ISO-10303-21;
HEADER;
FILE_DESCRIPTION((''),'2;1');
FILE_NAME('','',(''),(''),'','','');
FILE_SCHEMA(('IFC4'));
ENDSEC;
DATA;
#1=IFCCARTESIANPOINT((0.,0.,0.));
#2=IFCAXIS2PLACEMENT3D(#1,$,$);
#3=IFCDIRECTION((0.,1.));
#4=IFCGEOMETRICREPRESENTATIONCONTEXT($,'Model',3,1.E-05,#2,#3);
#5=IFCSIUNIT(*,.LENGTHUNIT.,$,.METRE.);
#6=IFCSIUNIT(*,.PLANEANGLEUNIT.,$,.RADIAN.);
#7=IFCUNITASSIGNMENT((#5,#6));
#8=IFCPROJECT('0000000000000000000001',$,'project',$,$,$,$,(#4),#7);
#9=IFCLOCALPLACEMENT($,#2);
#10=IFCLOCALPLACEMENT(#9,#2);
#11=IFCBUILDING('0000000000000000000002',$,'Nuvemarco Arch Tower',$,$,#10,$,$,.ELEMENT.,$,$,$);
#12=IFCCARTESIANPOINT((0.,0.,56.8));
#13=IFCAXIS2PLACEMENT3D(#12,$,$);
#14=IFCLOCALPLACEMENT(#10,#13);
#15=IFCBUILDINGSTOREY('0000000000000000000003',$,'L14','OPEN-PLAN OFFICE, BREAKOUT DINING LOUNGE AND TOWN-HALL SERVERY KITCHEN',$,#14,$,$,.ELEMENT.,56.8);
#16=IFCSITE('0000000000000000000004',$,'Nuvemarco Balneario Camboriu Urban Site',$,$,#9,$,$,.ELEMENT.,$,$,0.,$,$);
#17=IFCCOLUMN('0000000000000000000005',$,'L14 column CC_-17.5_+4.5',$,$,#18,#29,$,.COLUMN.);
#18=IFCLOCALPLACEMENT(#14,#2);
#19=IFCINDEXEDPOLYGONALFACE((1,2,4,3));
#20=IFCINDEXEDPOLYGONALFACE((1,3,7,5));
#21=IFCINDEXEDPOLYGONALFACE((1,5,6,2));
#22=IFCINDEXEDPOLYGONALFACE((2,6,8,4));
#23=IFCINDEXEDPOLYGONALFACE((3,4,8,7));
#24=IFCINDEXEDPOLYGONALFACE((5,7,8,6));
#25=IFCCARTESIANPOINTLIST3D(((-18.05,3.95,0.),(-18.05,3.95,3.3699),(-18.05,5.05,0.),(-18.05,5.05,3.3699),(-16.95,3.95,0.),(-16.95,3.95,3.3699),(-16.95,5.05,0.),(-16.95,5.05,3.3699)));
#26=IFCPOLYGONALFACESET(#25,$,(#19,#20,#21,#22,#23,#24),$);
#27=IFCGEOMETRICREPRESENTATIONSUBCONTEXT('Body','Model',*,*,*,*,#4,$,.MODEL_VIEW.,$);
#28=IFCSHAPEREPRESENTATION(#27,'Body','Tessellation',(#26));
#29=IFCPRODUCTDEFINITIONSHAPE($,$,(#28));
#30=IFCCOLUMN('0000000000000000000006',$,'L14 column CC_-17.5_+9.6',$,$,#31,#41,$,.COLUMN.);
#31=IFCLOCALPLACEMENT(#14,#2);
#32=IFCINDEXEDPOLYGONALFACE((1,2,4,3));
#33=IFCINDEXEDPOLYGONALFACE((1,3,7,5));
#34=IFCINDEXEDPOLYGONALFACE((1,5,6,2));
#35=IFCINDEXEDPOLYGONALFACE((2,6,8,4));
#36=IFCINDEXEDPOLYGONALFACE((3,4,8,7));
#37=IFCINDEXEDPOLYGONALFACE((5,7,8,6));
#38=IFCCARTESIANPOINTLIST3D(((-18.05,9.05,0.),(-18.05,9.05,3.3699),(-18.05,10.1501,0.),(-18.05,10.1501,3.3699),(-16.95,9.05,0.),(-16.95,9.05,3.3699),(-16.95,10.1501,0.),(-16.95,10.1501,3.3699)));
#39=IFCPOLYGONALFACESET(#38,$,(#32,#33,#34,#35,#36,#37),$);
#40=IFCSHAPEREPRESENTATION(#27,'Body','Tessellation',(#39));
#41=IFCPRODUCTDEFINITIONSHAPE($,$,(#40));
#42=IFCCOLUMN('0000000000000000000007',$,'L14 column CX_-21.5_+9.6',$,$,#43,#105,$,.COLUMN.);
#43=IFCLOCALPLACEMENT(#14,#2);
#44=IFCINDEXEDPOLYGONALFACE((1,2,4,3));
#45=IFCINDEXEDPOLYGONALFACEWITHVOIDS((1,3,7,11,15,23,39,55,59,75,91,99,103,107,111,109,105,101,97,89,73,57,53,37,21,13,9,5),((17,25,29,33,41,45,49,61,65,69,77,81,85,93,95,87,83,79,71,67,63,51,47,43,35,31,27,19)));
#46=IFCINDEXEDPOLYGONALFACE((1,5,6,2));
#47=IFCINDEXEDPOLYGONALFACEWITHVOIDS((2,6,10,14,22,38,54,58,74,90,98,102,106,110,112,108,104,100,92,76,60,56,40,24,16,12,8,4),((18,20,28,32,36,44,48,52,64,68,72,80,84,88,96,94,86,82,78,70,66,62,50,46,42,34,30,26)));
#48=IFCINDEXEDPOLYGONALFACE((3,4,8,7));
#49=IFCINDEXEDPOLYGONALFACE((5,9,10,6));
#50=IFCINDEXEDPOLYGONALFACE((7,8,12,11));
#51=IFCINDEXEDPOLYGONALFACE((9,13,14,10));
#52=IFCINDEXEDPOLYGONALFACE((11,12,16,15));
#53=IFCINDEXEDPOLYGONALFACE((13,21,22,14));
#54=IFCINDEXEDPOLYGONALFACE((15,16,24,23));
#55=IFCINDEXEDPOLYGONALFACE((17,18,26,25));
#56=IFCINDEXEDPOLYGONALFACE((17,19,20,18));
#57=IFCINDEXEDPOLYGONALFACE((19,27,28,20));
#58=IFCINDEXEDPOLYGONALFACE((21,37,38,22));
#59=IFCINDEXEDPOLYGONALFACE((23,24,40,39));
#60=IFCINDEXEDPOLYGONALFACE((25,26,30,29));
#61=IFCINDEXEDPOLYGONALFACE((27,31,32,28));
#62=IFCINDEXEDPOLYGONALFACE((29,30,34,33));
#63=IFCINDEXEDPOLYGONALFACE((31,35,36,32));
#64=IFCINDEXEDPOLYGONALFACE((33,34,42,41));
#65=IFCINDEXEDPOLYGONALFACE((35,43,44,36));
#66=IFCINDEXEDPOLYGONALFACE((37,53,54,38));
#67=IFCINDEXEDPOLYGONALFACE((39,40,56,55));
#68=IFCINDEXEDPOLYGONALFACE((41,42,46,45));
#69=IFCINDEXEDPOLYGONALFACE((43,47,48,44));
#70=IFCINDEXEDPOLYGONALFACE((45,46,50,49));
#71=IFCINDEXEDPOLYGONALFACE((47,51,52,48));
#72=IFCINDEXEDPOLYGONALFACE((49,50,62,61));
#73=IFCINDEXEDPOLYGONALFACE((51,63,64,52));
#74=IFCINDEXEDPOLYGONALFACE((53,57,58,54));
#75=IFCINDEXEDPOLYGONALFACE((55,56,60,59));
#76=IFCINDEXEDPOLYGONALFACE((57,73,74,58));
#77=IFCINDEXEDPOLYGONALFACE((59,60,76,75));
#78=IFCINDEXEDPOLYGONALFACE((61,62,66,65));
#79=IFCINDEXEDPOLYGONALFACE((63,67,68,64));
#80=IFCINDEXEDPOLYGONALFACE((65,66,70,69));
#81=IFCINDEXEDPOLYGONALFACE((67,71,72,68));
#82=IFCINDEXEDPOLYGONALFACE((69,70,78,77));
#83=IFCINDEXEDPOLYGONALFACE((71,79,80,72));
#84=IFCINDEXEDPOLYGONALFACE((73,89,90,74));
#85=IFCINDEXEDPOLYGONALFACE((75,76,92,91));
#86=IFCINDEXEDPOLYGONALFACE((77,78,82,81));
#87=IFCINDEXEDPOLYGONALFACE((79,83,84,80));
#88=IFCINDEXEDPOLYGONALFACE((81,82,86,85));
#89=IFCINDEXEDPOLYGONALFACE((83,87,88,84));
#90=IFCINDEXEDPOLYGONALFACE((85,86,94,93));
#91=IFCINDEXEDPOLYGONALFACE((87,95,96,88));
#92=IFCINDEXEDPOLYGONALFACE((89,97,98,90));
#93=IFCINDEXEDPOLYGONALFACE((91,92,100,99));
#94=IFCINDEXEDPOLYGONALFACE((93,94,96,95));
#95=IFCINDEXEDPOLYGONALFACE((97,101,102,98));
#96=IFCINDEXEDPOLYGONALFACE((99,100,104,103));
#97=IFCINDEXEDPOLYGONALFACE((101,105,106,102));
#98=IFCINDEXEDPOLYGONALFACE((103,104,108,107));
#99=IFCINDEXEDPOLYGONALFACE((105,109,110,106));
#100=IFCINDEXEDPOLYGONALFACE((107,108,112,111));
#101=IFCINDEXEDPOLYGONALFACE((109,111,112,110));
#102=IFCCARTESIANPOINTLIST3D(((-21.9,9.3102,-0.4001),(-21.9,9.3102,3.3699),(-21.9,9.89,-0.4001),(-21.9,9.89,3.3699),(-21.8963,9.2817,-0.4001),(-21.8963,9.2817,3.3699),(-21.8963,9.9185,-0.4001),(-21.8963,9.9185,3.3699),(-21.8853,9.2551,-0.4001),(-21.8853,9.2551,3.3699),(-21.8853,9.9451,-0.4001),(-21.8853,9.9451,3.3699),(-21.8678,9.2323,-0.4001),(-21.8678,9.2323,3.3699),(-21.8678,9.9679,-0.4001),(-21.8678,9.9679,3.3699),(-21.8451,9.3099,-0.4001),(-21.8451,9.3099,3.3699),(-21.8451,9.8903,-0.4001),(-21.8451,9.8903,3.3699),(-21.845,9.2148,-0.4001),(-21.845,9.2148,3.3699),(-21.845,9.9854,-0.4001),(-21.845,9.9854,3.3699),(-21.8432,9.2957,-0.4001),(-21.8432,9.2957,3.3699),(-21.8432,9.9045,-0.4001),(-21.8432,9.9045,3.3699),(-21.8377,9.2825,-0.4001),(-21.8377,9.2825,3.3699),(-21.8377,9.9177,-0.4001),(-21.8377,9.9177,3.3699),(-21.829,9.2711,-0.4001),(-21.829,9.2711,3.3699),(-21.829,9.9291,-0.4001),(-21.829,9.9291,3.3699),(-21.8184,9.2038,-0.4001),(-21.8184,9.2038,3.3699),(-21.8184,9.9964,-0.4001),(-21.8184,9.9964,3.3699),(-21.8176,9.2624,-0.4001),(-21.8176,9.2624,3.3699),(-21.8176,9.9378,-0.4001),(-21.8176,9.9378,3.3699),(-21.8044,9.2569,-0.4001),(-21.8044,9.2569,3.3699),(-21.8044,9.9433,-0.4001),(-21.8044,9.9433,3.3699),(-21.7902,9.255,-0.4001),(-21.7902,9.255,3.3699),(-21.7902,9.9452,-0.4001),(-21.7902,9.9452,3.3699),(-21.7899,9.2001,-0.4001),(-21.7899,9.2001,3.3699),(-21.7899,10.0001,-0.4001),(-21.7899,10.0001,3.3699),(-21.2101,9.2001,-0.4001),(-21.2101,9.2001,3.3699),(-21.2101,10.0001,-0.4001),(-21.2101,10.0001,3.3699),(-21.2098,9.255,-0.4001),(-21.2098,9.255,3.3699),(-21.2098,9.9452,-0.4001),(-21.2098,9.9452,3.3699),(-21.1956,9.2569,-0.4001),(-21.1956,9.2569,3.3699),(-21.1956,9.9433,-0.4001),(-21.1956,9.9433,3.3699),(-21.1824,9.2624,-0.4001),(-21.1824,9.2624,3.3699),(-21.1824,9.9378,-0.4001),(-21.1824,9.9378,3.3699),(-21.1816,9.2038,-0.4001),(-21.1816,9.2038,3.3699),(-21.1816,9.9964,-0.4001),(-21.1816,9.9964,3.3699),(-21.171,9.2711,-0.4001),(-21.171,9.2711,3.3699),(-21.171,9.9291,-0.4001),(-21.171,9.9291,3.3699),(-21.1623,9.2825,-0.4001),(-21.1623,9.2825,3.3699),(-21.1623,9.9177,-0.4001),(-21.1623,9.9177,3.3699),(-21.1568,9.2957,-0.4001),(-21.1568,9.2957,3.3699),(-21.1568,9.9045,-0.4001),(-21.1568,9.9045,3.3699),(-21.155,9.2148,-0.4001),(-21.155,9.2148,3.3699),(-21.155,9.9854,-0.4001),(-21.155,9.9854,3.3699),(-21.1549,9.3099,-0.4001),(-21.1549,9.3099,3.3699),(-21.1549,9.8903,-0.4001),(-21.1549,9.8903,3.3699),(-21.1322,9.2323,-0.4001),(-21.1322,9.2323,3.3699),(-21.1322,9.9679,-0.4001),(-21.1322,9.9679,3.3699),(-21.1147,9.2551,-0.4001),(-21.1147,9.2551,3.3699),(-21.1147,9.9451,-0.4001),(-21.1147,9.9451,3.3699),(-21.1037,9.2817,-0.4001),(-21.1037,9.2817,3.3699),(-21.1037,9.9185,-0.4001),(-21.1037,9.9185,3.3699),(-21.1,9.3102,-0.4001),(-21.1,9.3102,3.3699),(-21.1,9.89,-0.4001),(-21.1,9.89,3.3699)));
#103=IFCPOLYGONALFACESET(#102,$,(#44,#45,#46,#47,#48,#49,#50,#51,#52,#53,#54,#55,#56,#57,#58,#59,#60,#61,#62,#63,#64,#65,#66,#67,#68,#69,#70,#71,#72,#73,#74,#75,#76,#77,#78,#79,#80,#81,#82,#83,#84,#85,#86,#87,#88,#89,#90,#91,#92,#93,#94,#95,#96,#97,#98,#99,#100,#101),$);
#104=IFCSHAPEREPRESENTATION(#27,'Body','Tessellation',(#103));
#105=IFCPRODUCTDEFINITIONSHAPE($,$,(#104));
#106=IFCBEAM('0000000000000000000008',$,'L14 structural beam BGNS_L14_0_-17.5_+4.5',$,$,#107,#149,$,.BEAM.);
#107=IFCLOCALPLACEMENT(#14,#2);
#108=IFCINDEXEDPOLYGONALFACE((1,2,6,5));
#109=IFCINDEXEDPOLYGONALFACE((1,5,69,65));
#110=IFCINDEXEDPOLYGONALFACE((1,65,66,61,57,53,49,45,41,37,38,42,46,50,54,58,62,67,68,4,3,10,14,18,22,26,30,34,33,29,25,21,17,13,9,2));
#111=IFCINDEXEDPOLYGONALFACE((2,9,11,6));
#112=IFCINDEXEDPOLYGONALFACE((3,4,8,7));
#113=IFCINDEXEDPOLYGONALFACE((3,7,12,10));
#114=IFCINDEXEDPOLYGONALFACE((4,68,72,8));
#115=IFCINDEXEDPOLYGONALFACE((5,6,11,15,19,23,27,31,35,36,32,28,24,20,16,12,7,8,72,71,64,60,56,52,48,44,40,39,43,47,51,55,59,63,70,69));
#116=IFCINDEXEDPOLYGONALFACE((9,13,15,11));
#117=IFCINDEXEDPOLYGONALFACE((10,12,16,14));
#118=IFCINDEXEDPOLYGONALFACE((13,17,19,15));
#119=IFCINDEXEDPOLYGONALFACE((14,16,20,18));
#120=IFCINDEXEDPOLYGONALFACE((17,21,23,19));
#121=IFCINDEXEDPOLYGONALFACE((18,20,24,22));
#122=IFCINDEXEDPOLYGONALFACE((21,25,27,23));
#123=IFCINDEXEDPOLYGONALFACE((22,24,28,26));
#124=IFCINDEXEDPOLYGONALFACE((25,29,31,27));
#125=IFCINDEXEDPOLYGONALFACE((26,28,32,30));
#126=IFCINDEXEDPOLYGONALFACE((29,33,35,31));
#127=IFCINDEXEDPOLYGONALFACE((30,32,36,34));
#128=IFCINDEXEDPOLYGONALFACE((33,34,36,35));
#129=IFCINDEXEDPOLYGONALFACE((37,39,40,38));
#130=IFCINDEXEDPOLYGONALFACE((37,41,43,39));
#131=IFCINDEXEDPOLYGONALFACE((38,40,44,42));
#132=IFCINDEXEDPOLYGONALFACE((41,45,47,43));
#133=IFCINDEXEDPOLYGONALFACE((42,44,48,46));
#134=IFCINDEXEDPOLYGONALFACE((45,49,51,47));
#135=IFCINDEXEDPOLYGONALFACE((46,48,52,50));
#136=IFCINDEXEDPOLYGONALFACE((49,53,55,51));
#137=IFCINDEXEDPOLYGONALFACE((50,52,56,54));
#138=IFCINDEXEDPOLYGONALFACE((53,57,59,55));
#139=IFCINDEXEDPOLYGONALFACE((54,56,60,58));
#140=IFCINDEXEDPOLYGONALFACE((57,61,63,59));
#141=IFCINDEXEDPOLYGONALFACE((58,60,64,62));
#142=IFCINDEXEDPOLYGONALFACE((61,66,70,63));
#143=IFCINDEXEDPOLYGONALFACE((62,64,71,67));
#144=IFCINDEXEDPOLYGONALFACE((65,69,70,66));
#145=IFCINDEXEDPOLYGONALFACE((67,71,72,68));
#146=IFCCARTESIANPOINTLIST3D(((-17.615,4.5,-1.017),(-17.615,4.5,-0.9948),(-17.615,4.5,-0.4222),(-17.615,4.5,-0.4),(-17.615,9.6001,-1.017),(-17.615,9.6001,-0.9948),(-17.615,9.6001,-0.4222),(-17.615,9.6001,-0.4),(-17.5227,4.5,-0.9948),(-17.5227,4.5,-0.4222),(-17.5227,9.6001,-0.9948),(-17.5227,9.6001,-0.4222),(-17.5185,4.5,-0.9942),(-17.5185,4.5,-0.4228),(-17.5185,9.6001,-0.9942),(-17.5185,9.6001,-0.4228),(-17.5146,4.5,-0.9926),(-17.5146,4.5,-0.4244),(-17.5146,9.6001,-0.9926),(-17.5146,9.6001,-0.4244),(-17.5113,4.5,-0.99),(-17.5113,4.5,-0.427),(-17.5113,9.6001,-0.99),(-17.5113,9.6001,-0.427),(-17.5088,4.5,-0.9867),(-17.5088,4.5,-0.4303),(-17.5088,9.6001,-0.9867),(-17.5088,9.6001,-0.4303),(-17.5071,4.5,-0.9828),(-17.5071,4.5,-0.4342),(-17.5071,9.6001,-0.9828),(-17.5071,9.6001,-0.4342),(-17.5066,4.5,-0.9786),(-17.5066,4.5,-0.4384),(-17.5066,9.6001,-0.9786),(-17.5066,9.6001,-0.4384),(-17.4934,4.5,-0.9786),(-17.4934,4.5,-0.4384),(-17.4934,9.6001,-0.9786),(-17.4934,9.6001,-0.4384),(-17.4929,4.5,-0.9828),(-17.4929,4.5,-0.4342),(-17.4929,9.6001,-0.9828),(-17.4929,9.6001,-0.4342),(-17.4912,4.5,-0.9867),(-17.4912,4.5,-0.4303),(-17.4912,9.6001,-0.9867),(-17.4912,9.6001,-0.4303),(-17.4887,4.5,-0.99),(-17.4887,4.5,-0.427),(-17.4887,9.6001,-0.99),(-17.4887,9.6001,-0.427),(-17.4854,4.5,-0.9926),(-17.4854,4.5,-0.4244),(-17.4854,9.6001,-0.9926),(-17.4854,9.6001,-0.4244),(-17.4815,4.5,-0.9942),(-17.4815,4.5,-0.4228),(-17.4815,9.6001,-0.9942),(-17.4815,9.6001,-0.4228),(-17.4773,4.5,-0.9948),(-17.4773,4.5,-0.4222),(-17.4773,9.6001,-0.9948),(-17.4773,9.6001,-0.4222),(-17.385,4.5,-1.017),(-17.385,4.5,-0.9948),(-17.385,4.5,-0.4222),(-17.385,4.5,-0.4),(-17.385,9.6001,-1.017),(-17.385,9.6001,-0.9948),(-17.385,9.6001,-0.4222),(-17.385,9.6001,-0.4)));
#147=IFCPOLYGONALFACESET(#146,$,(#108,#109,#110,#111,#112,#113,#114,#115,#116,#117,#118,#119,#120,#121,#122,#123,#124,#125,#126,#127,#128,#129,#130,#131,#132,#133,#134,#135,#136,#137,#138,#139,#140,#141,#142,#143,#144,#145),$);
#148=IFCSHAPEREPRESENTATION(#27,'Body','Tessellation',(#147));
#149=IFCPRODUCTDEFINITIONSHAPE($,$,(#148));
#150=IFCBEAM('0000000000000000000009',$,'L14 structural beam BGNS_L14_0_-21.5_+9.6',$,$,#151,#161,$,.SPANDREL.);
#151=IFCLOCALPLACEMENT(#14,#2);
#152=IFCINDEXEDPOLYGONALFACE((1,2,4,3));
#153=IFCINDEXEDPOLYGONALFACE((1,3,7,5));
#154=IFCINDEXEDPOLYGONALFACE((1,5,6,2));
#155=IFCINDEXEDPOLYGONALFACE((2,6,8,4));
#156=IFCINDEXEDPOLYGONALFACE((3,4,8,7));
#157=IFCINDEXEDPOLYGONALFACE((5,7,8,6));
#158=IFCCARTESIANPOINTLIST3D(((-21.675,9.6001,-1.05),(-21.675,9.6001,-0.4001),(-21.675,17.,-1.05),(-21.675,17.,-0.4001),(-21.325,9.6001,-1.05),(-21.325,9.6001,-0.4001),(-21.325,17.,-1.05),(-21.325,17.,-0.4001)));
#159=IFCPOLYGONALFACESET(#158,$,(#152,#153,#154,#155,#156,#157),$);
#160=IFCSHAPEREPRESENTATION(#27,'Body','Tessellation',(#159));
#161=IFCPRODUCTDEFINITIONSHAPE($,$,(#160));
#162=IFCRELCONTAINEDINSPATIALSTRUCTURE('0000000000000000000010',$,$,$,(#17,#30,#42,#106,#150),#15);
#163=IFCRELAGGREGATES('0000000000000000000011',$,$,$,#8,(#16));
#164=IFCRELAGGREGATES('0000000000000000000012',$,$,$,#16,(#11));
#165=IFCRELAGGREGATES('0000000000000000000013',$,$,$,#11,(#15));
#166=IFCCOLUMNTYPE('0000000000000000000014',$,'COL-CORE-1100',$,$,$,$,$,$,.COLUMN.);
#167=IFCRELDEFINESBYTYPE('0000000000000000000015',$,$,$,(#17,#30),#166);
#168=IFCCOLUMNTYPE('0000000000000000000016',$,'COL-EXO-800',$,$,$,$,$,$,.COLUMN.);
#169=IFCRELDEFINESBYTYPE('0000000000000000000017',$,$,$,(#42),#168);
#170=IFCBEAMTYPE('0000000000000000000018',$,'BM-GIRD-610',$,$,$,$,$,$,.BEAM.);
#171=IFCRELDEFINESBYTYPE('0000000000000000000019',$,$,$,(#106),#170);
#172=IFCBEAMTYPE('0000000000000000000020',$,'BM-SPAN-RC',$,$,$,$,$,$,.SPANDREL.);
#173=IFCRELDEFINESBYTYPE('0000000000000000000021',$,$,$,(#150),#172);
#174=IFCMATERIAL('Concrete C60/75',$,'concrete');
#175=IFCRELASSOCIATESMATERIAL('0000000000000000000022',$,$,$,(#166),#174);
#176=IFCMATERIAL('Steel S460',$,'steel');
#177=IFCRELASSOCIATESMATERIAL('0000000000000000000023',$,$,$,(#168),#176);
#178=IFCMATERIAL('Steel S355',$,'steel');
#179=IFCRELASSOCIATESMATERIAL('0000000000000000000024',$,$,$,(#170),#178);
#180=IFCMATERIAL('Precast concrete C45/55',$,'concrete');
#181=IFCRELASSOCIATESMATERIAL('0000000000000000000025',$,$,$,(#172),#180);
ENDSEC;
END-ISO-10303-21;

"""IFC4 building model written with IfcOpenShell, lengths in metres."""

from ifc_helpers import new_model, si_unit, direction, frame, origin, origin_2d, place, context, subcontext, project, spatial, rectangle, hollow_rectangle, i_section, extrude, material, material_profile, profile_set, type_object, element, save


model = new_model("IFC4")

# Units and contexts
model_context = context("Model", 3, precision=1e-05, world=origin(), true_north=direction((0.0, 1.0)))
body_context = subcontext(model_context, "Body", "Model", "MODEL_VIEW")
ifc_project = project(units=[si_unit("LENGTHUNIT", "METRE"), si_unit("PLANEANGLEUNIT", "RADIAN")], contexts=[model_context])

# Site, building, storey
site_placement = place(None, origin())
site = spatial("IfcSite", under=ifc_project, at=site_placement, Name="Nuvemarco Balneario Camboriu Urban Site", CompositionType="ELEMENT", RefElevation=0.0)
building_placement = place(site_placement, origin())
building = spatial("IfcBuilding", under=site, at=building_placement, Name="Nuvemarco Arch Tower", CompositionType="ELEMENT")
storey_placement = place(building_placement, frame((0.0, 0.0, 56.8)))
storey = spatial("IfcBuildingStorey", under=building, at=storey_placement, Name="L14", Description="OPEN-PLAN OFFICE, BREAKOUT DINING LOUNGE AND TOWN-HALL SERVERY KITCHEN", CompositionType="ELEMENT", Elevation=56.8)

# Columns
ifc_material_1 = material(Name="Concrete C60/75", Category="concrete")
ifc_material_profile_1 = material_profile(ifc_material_1, rectangle(XDim=1.1001, YDim=1.1001, at=origin_2d()), Name="RC-COL-1100x1100")
ifc_profile_set_1 = profile_set([ifc_material_profile_1], Name="Concrete C60/75")
column_type_1 = type_object("IfcColumnType", Name="COL-CORE-1100", PredefinedType="COLUMN", material=ifc_profile_set_1)
for number, where, z_axis, x_axis, name in (
    (1, (-17.5, 4.5, 0.0), (0.0, 0.0, 1.0), (1.0, 0.0, 0.0), "L14 column CC_-17.5_+4.5"),
    (2, (-17.5, 9.6001, 0.0), (0.0, 0.0, 1.0), (1.0, 0.0, 0.0), "L14 column CC_-17.5_+9.6"),
):
    element("IfcColumn", number, at=place(storey_placement, frame(where, z_axis=z_axis, x_axis=x_axis)), inside=storey, type_object=column_type_1, Name=name, PredefinedType="COLUMN", context=body_context, shape_type="SweptSolid", body=[
        extrude(rectangle(XDim=1.1001, YDim=1.1001, at=origin_2d()), origin(), (0.0, 0.0, 1.0), 3.3699),
    ])
ifc_material_2 = material(Name="Steel S460", Category="steel")
ifc_material_profile_2 = material_profile(ifc_material_2, hollow_rectangle(XDim=0.8, YDim=0.8, WallThickness=0.0549, InnerFilletRadius=0.0549, OuterFilletRadius=0.1101, at=origin_2d()), Name="SHS800x800x55")
ifc_profile_set_2 = profile_set([ifc_material_profile_2], Name="Steel S460")
column_type_2 = type_object("IfcColumnType", Name="COL-EXO-800", PredefinedType="COLUMN", material=ifc_profile_set_2)
column_placement = place(storey_placement, frame((-21.5, 9.6001, -0.4001), z_axis=(0.0, 0.0, 1.0), x_axis=(1.0, 0.0, 0.0)))
element("IfcColumn", 3, at=column_placement, inside=storey, type_object=column_type_2, Name="L14 column CX_-21.5_+9.6", PredefinedType="COLUMN", context=body_context, shape_type="SweptSolid", body=[
    extrude(hollow_rectangle(XDim=0.8, YDim=0.8, WallThickness=0.0549, InnerFilletRadius=0.0549, OuterFilletRadius=0.1101, at=origin_2d()), origin(), (0.0, 0.0, 1.0), 3.77),
])

# Beams
ifc_material_3 = material(Name="Steel S355", Category="steel")
ifc_material_profile_3 = material_profile(ifc_material_3, i_section(OverallWidth=0.23, OverallDepth=0.6169, WebThickness=0.0132, FlangeThickness=0.0222, FilletRadius=0.0161, at=origin_2d()), Name="W610x140")
ifc_profile_set_3 = profile_set([ifc_material_profile_3], Name="Steel S355")
beam_type_1 = type_object("IfcBeamType", Name="BM-GIRD-610", PredefinedType="BEAM", material=ifc_profile_set_3)
beam_1_placement = place(storey_placement, frame((-17.5, 4.5, -0.7085), z_axis=(0.0, 1.0, 0.0), x_axis=(-1.0, 0.0, 0.0)))
element("IfcBeam", 4, at=beam_1_placement, inside=storey, type_object=beam_type_1, Name="L14 structural beam BGNS_L14_0_-17.5_+4.5", PredefinedType="BEAM", context=body_context, shape_type="SweptSolid", body=[
    extrude(i_section(OverallWidth=0.23, OverallDepth=0.6169, WebThickness=0.0132, FlangeThickness=0.0222, FilletRadius=0.0161, at=origin_2d()), origin(), (0.0, 0.0, 1.0), 5.1001),
])
ifc_material_4 = material(Name="Precast concrete C45/55", Category="concrete")
ifc_material_profile_4 = material_profile(ifc_material_4, rectangle(XDim=0.3501, YDim=0.6499, at=origin_2d()), Name="PC-SP-350x650")
ifc_profile_set_4 = profile_set([ifc_material_profile_4], Name="Precast concrete C45/55")
beam_type_2 = type_object("IfcBeamType", Name="BM-SPAN-RC", PredefinedType="SPANDREL", material=ifc_profile_set_4)
beam_2_placement = place(storey_placement, frame((-21.5, 9.6001, -0.7251), z_axis=(0.0, 1.0, 0.0), x_axis=(-1.0, 0.0, 0.0)))
element("IfcBeam", 5, at=beam_2_placement, inside=storey, type_object=beam_type_2, Name="L14 structural beam BGNS_L14_0_-21.5_+9.6", PredefinedType="SPANDREL", context=body_context, shape_type="SweptSolid", body=[
    extrude(rectangle(XDim=0.3501, YDim=0.6499, at=origin_2d()), origin(), (0.0, 0.0, 1.0), 7.3999),
])

save(model, "model.ifc")
